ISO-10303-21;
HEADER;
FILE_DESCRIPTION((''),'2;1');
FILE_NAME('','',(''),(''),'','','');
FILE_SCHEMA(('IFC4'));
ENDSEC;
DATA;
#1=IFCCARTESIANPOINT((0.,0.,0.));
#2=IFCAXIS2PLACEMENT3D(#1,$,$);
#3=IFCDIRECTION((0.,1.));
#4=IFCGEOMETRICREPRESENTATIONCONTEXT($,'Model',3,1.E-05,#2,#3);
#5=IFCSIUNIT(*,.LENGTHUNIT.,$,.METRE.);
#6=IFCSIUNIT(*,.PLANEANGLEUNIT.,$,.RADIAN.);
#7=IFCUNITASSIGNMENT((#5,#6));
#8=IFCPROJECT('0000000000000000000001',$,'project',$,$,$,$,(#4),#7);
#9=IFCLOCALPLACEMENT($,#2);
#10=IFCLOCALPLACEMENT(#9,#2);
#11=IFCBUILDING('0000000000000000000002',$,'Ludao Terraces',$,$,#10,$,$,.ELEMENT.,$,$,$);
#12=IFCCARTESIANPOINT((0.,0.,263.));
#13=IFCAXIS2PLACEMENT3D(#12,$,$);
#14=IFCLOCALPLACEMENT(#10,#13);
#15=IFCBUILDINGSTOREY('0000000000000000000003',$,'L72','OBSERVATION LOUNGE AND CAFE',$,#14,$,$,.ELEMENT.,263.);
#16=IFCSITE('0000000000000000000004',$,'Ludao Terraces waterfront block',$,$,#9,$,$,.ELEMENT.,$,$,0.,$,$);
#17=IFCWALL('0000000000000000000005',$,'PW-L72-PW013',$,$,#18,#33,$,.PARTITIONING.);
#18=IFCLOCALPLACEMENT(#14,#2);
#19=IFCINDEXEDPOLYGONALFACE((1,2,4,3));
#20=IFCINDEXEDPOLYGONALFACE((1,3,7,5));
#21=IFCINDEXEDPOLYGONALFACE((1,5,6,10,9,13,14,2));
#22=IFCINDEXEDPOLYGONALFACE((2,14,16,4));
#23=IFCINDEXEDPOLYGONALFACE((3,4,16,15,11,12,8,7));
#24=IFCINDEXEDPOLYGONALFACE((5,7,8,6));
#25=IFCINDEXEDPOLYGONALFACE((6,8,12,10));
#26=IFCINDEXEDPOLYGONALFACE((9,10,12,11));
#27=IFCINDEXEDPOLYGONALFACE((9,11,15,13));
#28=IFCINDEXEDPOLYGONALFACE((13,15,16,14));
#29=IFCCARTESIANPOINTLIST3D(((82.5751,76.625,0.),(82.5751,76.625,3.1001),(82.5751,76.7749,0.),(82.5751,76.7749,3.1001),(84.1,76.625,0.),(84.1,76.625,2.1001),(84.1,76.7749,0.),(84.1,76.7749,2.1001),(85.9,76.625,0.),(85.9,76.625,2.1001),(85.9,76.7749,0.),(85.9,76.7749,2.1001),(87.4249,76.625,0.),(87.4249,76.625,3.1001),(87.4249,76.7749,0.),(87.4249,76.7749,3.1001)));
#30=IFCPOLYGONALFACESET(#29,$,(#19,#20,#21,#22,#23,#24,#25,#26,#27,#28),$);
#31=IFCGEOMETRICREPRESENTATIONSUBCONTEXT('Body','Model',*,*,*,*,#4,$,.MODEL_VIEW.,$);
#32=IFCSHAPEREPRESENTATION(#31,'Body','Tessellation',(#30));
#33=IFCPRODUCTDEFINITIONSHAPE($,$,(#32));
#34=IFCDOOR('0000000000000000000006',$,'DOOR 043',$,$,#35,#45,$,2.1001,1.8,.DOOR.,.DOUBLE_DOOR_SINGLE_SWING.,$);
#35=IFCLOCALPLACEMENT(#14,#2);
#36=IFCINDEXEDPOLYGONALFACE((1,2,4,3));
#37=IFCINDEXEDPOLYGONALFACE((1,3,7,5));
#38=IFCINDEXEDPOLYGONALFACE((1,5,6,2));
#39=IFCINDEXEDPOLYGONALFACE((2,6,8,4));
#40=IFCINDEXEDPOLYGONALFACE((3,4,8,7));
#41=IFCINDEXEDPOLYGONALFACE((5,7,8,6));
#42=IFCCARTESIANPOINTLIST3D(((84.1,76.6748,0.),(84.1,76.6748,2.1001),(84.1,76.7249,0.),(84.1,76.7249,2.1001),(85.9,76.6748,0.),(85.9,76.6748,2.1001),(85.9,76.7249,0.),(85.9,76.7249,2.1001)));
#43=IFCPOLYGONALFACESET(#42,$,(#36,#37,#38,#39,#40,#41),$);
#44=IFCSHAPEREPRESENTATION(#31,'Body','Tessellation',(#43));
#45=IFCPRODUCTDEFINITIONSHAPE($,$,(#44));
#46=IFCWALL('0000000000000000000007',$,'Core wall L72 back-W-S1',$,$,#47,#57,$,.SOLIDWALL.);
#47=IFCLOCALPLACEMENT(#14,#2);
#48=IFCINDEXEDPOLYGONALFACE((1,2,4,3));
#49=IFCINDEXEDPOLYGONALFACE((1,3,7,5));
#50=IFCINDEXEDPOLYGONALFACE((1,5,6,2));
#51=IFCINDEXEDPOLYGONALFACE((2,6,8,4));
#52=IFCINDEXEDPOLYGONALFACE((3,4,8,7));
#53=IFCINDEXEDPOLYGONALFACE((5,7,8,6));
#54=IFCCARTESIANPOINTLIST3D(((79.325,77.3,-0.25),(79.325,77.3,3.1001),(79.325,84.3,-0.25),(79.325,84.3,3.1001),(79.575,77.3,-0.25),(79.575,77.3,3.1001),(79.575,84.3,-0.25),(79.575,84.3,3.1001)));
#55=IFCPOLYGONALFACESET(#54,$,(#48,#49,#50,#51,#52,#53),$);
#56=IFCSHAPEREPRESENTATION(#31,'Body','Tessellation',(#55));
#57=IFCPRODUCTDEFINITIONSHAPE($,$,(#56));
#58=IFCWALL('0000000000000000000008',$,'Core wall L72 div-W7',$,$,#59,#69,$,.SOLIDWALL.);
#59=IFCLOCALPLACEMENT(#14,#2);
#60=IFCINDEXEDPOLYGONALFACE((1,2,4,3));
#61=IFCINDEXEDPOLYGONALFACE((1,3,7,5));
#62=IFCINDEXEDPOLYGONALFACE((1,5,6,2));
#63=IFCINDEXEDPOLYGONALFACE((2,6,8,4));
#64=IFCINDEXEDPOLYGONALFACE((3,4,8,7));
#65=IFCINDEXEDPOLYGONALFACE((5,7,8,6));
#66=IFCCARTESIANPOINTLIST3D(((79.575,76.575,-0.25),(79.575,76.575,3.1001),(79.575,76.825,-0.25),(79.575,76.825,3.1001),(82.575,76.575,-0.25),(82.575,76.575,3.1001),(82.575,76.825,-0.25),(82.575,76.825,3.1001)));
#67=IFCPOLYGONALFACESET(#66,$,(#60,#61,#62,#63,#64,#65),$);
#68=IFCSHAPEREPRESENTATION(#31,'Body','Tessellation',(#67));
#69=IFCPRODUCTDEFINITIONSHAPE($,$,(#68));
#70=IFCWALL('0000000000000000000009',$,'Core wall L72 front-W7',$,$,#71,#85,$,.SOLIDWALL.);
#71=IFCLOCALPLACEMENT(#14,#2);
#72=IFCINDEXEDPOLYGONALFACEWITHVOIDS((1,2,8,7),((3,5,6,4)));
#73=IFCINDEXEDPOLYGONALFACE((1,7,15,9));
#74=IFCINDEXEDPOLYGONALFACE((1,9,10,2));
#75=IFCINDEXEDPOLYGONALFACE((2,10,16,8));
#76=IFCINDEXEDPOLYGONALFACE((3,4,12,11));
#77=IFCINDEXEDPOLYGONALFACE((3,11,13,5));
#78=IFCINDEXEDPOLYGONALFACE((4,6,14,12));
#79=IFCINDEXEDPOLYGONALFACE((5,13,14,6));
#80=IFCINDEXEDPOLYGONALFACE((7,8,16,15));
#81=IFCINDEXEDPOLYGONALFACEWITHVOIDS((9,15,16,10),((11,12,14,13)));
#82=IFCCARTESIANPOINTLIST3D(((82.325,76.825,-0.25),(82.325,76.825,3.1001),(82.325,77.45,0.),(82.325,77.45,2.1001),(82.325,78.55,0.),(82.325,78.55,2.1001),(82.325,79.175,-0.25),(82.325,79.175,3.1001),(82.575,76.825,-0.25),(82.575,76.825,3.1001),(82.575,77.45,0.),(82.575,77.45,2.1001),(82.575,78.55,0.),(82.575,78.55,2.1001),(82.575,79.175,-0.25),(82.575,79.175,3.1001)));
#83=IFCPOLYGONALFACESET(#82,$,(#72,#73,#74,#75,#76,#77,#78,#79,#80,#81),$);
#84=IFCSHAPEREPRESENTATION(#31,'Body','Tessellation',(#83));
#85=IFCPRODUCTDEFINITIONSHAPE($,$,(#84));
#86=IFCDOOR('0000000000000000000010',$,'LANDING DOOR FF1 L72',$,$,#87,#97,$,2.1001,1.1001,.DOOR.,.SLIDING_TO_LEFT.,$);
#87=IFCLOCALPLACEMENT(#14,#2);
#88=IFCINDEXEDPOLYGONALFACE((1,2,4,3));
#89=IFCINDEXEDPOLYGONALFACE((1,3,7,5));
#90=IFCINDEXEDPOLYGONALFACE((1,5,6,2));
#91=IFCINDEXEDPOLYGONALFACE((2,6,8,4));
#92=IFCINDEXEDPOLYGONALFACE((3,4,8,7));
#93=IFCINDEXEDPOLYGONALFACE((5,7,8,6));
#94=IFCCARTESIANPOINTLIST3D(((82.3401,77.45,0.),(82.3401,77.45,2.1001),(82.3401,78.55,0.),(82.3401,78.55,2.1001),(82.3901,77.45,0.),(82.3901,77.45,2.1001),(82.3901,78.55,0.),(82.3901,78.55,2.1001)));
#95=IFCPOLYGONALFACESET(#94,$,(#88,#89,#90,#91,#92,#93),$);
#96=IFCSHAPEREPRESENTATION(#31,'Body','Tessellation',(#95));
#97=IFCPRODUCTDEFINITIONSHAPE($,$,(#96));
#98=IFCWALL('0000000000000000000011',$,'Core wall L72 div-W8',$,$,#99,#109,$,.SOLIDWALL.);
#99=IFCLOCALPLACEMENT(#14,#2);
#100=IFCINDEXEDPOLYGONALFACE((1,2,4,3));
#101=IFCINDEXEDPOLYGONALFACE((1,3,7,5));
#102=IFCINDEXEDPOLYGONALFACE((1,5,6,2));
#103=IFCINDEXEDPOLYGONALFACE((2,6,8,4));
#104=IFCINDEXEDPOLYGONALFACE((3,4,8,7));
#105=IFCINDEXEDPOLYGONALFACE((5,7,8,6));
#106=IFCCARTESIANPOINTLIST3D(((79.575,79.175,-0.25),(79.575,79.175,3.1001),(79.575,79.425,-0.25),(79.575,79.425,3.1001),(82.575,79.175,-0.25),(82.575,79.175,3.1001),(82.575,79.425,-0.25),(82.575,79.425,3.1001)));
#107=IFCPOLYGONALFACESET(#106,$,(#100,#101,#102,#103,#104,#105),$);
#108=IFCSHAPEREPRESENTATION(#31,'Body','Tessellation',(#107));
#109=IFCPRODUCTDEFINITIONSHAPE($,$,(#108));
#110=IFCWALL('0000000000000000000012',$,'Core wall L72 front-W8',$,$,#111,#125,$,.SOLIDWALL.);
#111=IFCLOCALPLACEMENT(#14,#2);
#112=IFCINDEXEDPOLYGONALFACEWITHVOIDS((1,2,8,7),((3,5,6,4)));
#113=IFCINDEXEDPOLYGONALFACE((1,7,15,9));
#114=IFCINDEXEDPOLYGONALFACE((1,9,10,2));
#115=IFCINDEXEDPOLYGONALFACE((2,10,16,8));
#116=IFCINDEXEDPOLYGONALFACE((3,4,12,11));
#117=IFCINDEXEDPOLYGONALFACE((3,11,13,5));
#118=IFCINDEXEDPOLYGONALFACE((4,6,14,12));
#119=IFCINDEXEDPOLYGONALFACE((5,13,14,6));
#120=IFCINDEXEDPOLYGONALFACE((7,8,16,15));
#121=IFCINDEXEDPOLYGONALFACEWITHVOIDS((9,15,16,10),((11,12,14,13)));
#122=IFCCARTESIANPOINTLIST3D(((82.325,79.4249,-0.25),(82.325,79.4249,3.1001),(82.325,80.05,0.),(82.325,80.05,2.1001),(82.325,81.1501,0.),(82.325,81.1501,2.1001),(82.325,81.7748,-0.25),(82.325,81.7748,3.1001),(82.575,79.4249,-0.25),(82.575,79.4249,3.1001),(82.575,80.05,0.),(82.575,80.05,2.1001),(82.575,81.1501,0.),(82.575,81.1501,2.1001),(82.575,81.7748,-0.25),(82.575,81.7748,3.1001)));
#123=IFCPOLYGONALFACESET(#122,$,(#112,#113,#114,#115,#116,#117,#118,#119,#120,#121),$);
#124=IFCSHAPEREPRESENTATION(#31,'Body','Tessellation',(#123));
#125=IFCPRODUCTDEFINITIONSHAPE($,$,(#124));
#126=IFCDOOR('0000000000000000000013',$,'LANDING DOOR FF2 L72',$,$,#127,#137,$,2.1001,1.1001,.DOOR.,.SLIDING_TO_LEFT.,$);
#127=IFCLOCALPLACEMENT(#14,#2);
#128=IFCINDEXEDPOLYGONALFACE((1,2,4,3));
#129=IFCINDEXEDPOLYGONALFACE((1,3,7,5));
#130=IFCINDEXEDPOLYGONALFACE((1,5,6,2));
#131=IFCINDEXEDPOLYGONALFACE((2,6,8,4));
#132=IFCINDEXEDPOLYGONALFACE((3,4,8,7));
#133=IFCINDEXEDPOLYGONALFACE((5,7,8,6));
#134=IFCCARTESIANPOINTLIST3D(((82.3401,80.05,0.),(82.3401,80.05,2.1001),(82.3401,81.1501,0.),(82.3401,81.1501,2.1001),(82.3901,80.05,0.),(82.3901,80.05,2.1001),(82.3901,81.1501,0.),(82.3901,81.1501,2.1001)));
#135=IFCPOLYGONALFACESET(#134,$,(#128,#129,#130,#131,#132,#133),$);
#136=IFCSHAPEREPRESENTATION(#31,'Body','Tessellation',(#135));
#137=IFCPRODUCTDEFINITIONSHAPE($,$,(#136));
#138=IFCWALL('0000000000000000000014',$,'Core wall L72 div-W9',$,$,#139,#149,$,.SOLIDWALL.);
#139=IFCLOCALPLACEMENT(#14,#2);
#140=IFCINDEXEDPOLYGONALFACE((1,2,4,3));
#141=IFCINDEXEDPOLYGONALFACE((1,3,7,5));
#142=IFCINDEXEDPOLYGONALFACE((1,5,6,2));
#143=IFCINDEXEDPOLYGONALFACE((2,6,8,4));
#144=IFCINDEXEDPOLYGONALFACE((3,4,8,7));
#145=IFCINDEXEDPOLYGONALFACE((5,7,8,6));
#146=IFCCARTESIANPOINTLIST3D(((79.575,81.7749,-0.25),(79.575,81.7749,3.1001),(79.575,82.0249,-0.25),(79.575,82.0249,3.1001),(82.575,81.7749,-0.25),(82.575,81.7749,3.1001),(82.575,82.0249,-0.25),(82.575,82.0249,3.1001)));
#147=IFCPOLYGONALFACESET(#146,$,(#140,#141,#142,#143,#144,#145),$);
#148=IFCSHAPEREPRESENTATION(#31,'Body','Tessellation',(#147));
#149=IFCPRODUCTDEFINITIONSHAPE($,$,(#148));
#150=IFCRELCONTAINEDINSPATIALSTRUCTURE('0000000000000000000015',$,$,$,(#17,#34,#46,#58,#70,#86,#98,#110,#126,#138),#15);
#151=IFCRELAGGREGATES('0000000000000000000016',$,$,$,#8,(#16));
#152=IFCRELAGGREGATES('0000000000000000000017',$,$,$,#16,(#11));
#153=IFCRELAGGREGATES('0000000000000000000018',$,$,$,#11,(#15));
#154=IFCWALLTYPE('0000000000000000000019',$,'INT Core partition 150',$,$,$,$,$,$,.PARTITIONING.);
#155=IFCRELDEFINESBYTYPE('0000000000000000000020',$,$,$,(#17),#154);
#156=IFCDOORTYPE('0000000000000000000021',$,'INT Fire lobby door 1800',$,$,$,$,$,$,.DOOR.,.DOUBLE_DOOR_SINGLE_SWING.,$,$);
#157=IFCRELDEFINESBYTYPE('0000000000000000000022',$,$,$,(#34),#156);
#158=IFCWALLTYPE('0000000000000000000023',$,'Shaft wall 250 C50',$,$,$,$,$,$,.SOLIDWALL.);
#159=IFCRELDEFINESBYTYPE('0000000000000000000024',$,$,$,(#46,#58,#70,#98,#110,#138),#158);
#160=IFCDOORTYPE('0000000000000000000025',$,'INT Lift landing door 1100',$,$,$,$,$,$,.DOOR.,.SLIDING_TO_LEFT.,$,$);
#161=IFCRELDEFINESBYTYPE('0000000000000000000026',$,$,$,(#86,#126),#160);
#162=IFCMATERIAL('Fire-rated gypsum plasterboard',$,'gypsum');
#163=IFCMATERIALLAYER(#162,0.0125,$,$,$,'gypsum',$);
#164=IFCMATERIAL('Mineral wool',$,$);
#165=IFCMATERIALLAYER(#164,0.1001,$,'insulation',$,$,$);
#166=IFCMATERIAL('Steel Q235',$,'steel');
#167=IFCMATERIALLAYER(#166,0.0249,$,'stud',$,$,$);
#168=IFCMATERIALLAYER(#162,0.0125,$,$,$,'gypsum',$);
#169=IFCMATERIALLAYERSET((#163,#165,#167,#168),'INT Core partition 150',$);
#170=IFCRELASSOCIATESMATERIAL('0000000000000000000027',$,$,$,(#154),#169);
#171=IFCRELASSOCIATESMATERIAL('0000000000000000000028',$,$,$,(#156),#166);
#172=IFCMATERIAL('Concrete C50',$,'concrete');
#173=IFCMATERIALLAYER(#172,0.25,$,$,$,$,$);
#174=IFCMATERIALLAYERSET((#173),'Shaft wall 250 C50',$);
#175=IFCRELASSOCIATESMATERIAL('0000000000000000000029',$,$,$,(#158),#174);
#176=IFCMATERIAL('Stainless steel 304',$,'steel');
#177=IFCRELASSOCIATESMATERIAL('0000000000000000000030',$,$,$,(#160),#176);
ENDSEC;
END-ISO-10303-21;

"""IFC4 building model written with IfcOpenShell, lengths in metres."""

from ifc_helpers import new_model, si_unit, direction, frame, frame_2d, origin, place, context, subcontext, project, spatial, rectangle, extrude, material, layer, layer_set, type_object, element, fill, save


model = new_model("IFC4")

# Units and contexts
model_context = context("Model", 3, precision=1e-05, world=origin(), true_north=direction((0.0, 1.0)))
body_context = subcontext(model_context, "Body", "Model", "MODEL_VIEW")
ifc_project = project(units=[si_unit("LENGTHUNIT", "METRE"), si_unit("PLANEANGLEUNIT", "RADIAN")], contexts=[model_context])

# Site, building, storey
site_placement = place(None, origin())
site = spatial("IfcSite", under=ifc_project, at=site_placement, Name="Ludao Terraces waterfront block", CompositionType="ELEMENT", RefElevation=0.0)
building_placement = place(site_placement, origin())
building = spatial("IfcBuilding", under=site, at=building_placement, Name="Ludao Terraces", CompositionType="ELEMENT")
storey_placement = place(building_placement, frame((0.0, 0.0, 263.0)))
storey = spatial("IfcBuildingStorey", under=building, at=storey_placement, Name="L72", Description="OBSERVATION LOUNGE AND CAFE", CompositionType="ELEMENT", Elevation=263.0)

# Wall, opening, door
ifc_material_1 = material(Name="Fire-rated gypsum plasterboard", Category="gypsum")
ifc_layer_1 = layer(ifc_material_1, 0.0125, Category="gypsum")
ifc_material_2 = material(Name="Mineral wool")
ifc_layer_2 = layer(ifc_material_2, 0.1001, Name="insulation")
ifc_material_3 = material(Name="Steel Q235", Category="steel")
ifc_layer_3 = layer(ifc_material_3, 0.0249, Name="stud")
ifc_layer_4 = layer(ifc_material_1, 0.0125, Category="gypsum")
ifc_layer_set_1 = layer_set([ifc_layer_1, ifc_layer_2, ifc_layer_3, ifc_layer_4], Name="INT Core partition 150")
wall_type_1 = type_object("IfcWallType", Name="INT Core partition 150", PredefinedType="PARTITIONING", material=ifc_layer_set_1)
wall_1_placement = place(storey_placement, frame((82.5752, 76.7, 0.0), z_axis=(0.0, 0.0, 1.0), x_axis=(1.0, 0.0, 0.0)))
wall_1 = element("IfcWall", 1, at=wall_1_placement, inside=storey, type_object=wall_type_1, Name="PW-L72-PW013", PredefinedType="PARTITIONING", context=body_context, shape_type="SweptSolid", body=[
    extrude(rectangle(XDim=4.8499, YDim=0.1499, at=frame_2d((2.4248, 0.0))), origin(), (0.0, 0.0, 1.0), 3.1001),
])
opening_1_placement = place(wall_1_placement, frame((1.5249, 0.0, 0.0)))
opening_1 = element("IfcOpeningElement", 2, at=opening_1_placement, cuts=wall_1, PredefinedType="OPENING", context=body_context, shape_type="SweptSolid", body=[
    extrude(rectangle(XDim=1.8, YDim=2.1001, at=frame_2d((0.8999, 1.05))), frame((0.0, 0.085, 0.0), z_axis=(0.0, -1.0, 0.0), x_axis=(1.0, 0.0, 0.0)), (0.0, 0.0, 1.0), 0.1699),
])
door_type_1 = type_object("IfcDoorType", Name="INT Fire lobby door 1800", OperationType="DOUBLE_DOOR_SINGLE_SWING", PredefinedType="DOOR", material=ifc_material_3)
door_1_placement = place(opening_1_placement, origin())
door_1 = element("IfcDoor", 3, at=door_1_placement, inside=storey, type_object=door_type_1, Name="DOOR 043", OperationType="DOUBLE_DOOR_SINGLE_SWING", OverallHeight=2.1001, OverallWidth=1.8, PredefinedType="DOOR", context=body_context, shape_type="SweptSolid", body=[
    extrude(rectangle(XDim=1.8, YDim=2.1001, at=frame_2d((0.8999, 1.05))), frame((0.0, 0.0249, 0.0), z_axis=(0.0, -1.0, 0.0), x_axis=(1.0, 0.0, 0.0)), (0.0, 0.0, 1.0), 0.05),
])
fill(opening_1, door_1)

# Walls
ifc_material_4 = material(Name="Concrete C50", Category="concrete")
ifc_layer_5 = layer(ifc_material_4, 0.25)
ifc_layer_set_2 = layer_set([ifc_layer_5], Name="Shaft wall 250 C50")
wall_type_2 = type_object("IfcWallType", Name="Shaft wall 250 C50", PredefinedType="SOLIDWALL", material=ifc_layer_set_2)
wall_2_placement = place(storey_placement, frame((79.45, 77.3, -0.25), z_axis=(0.0, 0.0, 1.0), x_axis=(0.0, 1.0, 0.0)))
element("IfcWall", 4, at=wall_2_placement, inside=storey, type_object=wall_type_2, Name="Core wall L72 back-W-S1", PredefinedType="SOLIDWALL", context=body_context, shape_type="SweptSolid", body=[
    extrude(rectangle(XDim=7.0, YDim=0.25, at=frame_2d((3.5, 0.0))), origin(), (0.0, 0.0, 1.0), 3.3501),
])
wall_3_placement = place(storey_placement, frame((79.575, 76.7, -0.25), z_axis=(0.0, 0.0, 1.0), x_axis=(1.0, 0.0, 0.0)))
element("IfcWall", 5, at=wall_3_placement, inside=storey, type_object=wall_type_2, Name="Core wall L72 div-W7", PredefinedType="SOLIDWALL", context=body_context, shape_type="SweptSolid", body=[
    extrude(rectangle(XDim=3.0, YDim=0.25, at=frame_2d((1.5, 0.0))), origin(), (0.0, 0.0, 1.0), 3.3501),
])

# Wall, opening, door
wall_4_placement = place(storey_placement, frame((82.45, 76.825, -0.25), z_axis=(0.0, 0.0, 1.0), x_axis=(0.0, 1.0, 0.0)))
wall_4 = element("IfcWall", 6, at=wall_4_placement, inside=storey, type_object=wall_type_2, Name="Core wall L72 front-W7", PredefinedType="SOLIDWALL", context=body_context, shape_type="SweptSolid", body=[
    extrude(rectangle(XDim=2.3501, YDim=0.25, at=frame_2d((1.175, 0.0))), origin(), (0.0, 0.0, 1.0), 3.3501),
])
opening_2_placement = place(wall_4_placement, frame((0.625, 0.0, 0.25)))
opening_2 = element("IfcOpeningElement", 7, at=opening_2_placement, cuts=wall_4, PredefinedType="OPENING", context=body_context, shape_type="SweptSolid", body=[
    extrude(rectangle(XDim=1.1001, YDim=2.1001, at=frame_2d((0.55, 1.05))), frame((0.0, 0.135, 0.0), z_axis=(0.0, -1.0, 0.0), x_axis=(1.0, 0.0, 0.0)), (0.0, 0.0, 1.0), 0.27),
])
ifc_material_5 = material(Name="Stainless steel 304", Category="steel")
door_type_2 = type_object("IfcDoorType", Name="INT Lift landing door 1100", OperationType="SLIDING_TO_LEFT", PredefinedType="DOOR", material=ifc_material_5)
door_2_placement = place(opening_2_placement, origin())
door_2 = element("IfcDoor", 8, at=door_2_placement, inside=storey, type_object=door_type_2, Name="LANDING DOOR FF1 L72", OperationType="SLIDING_TO_LEFT", OverallHeight=2.1001, OverallWidth=1.1001, PredefinedType="DOOR", context=body_context, shape_type="SweptSolid", body=[
    extrude(rectangle(XDim=1.1001, YDim=2.1001, at=frame_2d((0.55, 1.05))), frame((0.0, 0.1099, 0.0), z_axis=(0.0, -1.0, 0.0), x_axis=(1.0, 0.0, 0.0)), (0.0, 0.0, 1.0), 0.05),
])
fill(opening_2, door_2)

# Wall
wall_5_placement = place(storey_placement, frame((79.575, 79.3, -0.25), z_axis=(0.0, 0.0, 1.0), x_axis=(1.0, 0.0, 0.0)))
element("IfcWall", 9, at=wall_5_placement, inside=storey, type_object=wall_type_2, Name="Core wall L72 div-W8", PredefinedType="SOLIDWALL", context=body_context, shape_type="SweptSolid", body=[
    extrude(rectangle(XDim=3.0, YDim=0.25, at=frame_2d((1.5, 0.0))), origin(), (0.0, 0.0, 1.0), 3.3501),
])

# Wall, opening, door
wall_6_placement = place(storey_placement, frame((82.45, 79.425, -0.25), z_axis=(0.0, 0.0, 1.0), x_axis=(0.0, 1.0, 0.0)))
wall_6 = element("IfcWall", 10, at=wall_6_placement, inside=storey, type_object=wall_type_2, Name="Core wall L72 front-W8", PredefinedType="SOLIDWALL", context=body_context, shape_type="SweptSolid", body=[
    extrude(rectangle(XDim=2.3499, YDim=0.25, at=frame_2d((1.1748, 0.0))), origin(), (0.0, 0.0, 1.0), 3.3501),
])
opening_3_placement = place(wall_6_placement, frame((0.625, 0.0, 0.25)))
opening_3 = element("IfcOpeningElement", 11, at=opening_3_placement, cuts=wall_6, PredefinedType="OPENING", context=body_context, shape_type="SweptSolid", body=[
    extrude(rectangle(XDim=1.1001, YDim=2.1001, at=frame_2d((0.55, 1.05))), frame((0.0, 0.135, 0.0), z_axis=(0.0, -1.0, 0.0), x_axis=(1.0, 0.0, 0.0)), (0.0, 0.0, 1.0), 0.27),
])
door_3_placement = place(opening_3_placement, origin())
door_3 = element("IfcDoor", 12, at=door_3_placement, inside=storey, type_object=door_type_2, Name="LANDING DOOR FF2 L72", OperationType="SLIDING_TO_LEFT", OverallHeight=2.1001, OverallWidth=1.1001, PredefinedType="DOOR", context=body_context, shape_type="SweptSolid", body=[
    extrude(rectangle(XDim=1.1001, YDim=2.1001, at=frame_2d((0.55, 1.05))), frame((0.0, 0.1099, 0.0), z_axis=(0.0, -1.0, 0.0), x_axis=(1.0, 0.0, 0.0)), (0.0, 0.0, 1.0), 0.05),
])
fill(opening_3, door_3)

# Wall
wall_7_placement = place(storey_placement, frame((79.575, 81.8999, -0.25), z_axis=(0.0, 0.0, 1.0), x_axis=(1.0, 0.0, 0.0)))
element("IfcWall", 13, at=wall_7_placement, inside=storey, type_object=wall_type_2, Name="Core wall L72 div-W9", PredefinedType="SOLIDWALL", context=body_context, shape_type="SweptSolid", body=[
    extrude(rectangle(XDim=3.0, YDim=0.25, at=frame_2d((1.5, 0.0))), origin(), (0.0, 0.0, 1.0), 3.3501),
])

save(model, "model.ifc")
